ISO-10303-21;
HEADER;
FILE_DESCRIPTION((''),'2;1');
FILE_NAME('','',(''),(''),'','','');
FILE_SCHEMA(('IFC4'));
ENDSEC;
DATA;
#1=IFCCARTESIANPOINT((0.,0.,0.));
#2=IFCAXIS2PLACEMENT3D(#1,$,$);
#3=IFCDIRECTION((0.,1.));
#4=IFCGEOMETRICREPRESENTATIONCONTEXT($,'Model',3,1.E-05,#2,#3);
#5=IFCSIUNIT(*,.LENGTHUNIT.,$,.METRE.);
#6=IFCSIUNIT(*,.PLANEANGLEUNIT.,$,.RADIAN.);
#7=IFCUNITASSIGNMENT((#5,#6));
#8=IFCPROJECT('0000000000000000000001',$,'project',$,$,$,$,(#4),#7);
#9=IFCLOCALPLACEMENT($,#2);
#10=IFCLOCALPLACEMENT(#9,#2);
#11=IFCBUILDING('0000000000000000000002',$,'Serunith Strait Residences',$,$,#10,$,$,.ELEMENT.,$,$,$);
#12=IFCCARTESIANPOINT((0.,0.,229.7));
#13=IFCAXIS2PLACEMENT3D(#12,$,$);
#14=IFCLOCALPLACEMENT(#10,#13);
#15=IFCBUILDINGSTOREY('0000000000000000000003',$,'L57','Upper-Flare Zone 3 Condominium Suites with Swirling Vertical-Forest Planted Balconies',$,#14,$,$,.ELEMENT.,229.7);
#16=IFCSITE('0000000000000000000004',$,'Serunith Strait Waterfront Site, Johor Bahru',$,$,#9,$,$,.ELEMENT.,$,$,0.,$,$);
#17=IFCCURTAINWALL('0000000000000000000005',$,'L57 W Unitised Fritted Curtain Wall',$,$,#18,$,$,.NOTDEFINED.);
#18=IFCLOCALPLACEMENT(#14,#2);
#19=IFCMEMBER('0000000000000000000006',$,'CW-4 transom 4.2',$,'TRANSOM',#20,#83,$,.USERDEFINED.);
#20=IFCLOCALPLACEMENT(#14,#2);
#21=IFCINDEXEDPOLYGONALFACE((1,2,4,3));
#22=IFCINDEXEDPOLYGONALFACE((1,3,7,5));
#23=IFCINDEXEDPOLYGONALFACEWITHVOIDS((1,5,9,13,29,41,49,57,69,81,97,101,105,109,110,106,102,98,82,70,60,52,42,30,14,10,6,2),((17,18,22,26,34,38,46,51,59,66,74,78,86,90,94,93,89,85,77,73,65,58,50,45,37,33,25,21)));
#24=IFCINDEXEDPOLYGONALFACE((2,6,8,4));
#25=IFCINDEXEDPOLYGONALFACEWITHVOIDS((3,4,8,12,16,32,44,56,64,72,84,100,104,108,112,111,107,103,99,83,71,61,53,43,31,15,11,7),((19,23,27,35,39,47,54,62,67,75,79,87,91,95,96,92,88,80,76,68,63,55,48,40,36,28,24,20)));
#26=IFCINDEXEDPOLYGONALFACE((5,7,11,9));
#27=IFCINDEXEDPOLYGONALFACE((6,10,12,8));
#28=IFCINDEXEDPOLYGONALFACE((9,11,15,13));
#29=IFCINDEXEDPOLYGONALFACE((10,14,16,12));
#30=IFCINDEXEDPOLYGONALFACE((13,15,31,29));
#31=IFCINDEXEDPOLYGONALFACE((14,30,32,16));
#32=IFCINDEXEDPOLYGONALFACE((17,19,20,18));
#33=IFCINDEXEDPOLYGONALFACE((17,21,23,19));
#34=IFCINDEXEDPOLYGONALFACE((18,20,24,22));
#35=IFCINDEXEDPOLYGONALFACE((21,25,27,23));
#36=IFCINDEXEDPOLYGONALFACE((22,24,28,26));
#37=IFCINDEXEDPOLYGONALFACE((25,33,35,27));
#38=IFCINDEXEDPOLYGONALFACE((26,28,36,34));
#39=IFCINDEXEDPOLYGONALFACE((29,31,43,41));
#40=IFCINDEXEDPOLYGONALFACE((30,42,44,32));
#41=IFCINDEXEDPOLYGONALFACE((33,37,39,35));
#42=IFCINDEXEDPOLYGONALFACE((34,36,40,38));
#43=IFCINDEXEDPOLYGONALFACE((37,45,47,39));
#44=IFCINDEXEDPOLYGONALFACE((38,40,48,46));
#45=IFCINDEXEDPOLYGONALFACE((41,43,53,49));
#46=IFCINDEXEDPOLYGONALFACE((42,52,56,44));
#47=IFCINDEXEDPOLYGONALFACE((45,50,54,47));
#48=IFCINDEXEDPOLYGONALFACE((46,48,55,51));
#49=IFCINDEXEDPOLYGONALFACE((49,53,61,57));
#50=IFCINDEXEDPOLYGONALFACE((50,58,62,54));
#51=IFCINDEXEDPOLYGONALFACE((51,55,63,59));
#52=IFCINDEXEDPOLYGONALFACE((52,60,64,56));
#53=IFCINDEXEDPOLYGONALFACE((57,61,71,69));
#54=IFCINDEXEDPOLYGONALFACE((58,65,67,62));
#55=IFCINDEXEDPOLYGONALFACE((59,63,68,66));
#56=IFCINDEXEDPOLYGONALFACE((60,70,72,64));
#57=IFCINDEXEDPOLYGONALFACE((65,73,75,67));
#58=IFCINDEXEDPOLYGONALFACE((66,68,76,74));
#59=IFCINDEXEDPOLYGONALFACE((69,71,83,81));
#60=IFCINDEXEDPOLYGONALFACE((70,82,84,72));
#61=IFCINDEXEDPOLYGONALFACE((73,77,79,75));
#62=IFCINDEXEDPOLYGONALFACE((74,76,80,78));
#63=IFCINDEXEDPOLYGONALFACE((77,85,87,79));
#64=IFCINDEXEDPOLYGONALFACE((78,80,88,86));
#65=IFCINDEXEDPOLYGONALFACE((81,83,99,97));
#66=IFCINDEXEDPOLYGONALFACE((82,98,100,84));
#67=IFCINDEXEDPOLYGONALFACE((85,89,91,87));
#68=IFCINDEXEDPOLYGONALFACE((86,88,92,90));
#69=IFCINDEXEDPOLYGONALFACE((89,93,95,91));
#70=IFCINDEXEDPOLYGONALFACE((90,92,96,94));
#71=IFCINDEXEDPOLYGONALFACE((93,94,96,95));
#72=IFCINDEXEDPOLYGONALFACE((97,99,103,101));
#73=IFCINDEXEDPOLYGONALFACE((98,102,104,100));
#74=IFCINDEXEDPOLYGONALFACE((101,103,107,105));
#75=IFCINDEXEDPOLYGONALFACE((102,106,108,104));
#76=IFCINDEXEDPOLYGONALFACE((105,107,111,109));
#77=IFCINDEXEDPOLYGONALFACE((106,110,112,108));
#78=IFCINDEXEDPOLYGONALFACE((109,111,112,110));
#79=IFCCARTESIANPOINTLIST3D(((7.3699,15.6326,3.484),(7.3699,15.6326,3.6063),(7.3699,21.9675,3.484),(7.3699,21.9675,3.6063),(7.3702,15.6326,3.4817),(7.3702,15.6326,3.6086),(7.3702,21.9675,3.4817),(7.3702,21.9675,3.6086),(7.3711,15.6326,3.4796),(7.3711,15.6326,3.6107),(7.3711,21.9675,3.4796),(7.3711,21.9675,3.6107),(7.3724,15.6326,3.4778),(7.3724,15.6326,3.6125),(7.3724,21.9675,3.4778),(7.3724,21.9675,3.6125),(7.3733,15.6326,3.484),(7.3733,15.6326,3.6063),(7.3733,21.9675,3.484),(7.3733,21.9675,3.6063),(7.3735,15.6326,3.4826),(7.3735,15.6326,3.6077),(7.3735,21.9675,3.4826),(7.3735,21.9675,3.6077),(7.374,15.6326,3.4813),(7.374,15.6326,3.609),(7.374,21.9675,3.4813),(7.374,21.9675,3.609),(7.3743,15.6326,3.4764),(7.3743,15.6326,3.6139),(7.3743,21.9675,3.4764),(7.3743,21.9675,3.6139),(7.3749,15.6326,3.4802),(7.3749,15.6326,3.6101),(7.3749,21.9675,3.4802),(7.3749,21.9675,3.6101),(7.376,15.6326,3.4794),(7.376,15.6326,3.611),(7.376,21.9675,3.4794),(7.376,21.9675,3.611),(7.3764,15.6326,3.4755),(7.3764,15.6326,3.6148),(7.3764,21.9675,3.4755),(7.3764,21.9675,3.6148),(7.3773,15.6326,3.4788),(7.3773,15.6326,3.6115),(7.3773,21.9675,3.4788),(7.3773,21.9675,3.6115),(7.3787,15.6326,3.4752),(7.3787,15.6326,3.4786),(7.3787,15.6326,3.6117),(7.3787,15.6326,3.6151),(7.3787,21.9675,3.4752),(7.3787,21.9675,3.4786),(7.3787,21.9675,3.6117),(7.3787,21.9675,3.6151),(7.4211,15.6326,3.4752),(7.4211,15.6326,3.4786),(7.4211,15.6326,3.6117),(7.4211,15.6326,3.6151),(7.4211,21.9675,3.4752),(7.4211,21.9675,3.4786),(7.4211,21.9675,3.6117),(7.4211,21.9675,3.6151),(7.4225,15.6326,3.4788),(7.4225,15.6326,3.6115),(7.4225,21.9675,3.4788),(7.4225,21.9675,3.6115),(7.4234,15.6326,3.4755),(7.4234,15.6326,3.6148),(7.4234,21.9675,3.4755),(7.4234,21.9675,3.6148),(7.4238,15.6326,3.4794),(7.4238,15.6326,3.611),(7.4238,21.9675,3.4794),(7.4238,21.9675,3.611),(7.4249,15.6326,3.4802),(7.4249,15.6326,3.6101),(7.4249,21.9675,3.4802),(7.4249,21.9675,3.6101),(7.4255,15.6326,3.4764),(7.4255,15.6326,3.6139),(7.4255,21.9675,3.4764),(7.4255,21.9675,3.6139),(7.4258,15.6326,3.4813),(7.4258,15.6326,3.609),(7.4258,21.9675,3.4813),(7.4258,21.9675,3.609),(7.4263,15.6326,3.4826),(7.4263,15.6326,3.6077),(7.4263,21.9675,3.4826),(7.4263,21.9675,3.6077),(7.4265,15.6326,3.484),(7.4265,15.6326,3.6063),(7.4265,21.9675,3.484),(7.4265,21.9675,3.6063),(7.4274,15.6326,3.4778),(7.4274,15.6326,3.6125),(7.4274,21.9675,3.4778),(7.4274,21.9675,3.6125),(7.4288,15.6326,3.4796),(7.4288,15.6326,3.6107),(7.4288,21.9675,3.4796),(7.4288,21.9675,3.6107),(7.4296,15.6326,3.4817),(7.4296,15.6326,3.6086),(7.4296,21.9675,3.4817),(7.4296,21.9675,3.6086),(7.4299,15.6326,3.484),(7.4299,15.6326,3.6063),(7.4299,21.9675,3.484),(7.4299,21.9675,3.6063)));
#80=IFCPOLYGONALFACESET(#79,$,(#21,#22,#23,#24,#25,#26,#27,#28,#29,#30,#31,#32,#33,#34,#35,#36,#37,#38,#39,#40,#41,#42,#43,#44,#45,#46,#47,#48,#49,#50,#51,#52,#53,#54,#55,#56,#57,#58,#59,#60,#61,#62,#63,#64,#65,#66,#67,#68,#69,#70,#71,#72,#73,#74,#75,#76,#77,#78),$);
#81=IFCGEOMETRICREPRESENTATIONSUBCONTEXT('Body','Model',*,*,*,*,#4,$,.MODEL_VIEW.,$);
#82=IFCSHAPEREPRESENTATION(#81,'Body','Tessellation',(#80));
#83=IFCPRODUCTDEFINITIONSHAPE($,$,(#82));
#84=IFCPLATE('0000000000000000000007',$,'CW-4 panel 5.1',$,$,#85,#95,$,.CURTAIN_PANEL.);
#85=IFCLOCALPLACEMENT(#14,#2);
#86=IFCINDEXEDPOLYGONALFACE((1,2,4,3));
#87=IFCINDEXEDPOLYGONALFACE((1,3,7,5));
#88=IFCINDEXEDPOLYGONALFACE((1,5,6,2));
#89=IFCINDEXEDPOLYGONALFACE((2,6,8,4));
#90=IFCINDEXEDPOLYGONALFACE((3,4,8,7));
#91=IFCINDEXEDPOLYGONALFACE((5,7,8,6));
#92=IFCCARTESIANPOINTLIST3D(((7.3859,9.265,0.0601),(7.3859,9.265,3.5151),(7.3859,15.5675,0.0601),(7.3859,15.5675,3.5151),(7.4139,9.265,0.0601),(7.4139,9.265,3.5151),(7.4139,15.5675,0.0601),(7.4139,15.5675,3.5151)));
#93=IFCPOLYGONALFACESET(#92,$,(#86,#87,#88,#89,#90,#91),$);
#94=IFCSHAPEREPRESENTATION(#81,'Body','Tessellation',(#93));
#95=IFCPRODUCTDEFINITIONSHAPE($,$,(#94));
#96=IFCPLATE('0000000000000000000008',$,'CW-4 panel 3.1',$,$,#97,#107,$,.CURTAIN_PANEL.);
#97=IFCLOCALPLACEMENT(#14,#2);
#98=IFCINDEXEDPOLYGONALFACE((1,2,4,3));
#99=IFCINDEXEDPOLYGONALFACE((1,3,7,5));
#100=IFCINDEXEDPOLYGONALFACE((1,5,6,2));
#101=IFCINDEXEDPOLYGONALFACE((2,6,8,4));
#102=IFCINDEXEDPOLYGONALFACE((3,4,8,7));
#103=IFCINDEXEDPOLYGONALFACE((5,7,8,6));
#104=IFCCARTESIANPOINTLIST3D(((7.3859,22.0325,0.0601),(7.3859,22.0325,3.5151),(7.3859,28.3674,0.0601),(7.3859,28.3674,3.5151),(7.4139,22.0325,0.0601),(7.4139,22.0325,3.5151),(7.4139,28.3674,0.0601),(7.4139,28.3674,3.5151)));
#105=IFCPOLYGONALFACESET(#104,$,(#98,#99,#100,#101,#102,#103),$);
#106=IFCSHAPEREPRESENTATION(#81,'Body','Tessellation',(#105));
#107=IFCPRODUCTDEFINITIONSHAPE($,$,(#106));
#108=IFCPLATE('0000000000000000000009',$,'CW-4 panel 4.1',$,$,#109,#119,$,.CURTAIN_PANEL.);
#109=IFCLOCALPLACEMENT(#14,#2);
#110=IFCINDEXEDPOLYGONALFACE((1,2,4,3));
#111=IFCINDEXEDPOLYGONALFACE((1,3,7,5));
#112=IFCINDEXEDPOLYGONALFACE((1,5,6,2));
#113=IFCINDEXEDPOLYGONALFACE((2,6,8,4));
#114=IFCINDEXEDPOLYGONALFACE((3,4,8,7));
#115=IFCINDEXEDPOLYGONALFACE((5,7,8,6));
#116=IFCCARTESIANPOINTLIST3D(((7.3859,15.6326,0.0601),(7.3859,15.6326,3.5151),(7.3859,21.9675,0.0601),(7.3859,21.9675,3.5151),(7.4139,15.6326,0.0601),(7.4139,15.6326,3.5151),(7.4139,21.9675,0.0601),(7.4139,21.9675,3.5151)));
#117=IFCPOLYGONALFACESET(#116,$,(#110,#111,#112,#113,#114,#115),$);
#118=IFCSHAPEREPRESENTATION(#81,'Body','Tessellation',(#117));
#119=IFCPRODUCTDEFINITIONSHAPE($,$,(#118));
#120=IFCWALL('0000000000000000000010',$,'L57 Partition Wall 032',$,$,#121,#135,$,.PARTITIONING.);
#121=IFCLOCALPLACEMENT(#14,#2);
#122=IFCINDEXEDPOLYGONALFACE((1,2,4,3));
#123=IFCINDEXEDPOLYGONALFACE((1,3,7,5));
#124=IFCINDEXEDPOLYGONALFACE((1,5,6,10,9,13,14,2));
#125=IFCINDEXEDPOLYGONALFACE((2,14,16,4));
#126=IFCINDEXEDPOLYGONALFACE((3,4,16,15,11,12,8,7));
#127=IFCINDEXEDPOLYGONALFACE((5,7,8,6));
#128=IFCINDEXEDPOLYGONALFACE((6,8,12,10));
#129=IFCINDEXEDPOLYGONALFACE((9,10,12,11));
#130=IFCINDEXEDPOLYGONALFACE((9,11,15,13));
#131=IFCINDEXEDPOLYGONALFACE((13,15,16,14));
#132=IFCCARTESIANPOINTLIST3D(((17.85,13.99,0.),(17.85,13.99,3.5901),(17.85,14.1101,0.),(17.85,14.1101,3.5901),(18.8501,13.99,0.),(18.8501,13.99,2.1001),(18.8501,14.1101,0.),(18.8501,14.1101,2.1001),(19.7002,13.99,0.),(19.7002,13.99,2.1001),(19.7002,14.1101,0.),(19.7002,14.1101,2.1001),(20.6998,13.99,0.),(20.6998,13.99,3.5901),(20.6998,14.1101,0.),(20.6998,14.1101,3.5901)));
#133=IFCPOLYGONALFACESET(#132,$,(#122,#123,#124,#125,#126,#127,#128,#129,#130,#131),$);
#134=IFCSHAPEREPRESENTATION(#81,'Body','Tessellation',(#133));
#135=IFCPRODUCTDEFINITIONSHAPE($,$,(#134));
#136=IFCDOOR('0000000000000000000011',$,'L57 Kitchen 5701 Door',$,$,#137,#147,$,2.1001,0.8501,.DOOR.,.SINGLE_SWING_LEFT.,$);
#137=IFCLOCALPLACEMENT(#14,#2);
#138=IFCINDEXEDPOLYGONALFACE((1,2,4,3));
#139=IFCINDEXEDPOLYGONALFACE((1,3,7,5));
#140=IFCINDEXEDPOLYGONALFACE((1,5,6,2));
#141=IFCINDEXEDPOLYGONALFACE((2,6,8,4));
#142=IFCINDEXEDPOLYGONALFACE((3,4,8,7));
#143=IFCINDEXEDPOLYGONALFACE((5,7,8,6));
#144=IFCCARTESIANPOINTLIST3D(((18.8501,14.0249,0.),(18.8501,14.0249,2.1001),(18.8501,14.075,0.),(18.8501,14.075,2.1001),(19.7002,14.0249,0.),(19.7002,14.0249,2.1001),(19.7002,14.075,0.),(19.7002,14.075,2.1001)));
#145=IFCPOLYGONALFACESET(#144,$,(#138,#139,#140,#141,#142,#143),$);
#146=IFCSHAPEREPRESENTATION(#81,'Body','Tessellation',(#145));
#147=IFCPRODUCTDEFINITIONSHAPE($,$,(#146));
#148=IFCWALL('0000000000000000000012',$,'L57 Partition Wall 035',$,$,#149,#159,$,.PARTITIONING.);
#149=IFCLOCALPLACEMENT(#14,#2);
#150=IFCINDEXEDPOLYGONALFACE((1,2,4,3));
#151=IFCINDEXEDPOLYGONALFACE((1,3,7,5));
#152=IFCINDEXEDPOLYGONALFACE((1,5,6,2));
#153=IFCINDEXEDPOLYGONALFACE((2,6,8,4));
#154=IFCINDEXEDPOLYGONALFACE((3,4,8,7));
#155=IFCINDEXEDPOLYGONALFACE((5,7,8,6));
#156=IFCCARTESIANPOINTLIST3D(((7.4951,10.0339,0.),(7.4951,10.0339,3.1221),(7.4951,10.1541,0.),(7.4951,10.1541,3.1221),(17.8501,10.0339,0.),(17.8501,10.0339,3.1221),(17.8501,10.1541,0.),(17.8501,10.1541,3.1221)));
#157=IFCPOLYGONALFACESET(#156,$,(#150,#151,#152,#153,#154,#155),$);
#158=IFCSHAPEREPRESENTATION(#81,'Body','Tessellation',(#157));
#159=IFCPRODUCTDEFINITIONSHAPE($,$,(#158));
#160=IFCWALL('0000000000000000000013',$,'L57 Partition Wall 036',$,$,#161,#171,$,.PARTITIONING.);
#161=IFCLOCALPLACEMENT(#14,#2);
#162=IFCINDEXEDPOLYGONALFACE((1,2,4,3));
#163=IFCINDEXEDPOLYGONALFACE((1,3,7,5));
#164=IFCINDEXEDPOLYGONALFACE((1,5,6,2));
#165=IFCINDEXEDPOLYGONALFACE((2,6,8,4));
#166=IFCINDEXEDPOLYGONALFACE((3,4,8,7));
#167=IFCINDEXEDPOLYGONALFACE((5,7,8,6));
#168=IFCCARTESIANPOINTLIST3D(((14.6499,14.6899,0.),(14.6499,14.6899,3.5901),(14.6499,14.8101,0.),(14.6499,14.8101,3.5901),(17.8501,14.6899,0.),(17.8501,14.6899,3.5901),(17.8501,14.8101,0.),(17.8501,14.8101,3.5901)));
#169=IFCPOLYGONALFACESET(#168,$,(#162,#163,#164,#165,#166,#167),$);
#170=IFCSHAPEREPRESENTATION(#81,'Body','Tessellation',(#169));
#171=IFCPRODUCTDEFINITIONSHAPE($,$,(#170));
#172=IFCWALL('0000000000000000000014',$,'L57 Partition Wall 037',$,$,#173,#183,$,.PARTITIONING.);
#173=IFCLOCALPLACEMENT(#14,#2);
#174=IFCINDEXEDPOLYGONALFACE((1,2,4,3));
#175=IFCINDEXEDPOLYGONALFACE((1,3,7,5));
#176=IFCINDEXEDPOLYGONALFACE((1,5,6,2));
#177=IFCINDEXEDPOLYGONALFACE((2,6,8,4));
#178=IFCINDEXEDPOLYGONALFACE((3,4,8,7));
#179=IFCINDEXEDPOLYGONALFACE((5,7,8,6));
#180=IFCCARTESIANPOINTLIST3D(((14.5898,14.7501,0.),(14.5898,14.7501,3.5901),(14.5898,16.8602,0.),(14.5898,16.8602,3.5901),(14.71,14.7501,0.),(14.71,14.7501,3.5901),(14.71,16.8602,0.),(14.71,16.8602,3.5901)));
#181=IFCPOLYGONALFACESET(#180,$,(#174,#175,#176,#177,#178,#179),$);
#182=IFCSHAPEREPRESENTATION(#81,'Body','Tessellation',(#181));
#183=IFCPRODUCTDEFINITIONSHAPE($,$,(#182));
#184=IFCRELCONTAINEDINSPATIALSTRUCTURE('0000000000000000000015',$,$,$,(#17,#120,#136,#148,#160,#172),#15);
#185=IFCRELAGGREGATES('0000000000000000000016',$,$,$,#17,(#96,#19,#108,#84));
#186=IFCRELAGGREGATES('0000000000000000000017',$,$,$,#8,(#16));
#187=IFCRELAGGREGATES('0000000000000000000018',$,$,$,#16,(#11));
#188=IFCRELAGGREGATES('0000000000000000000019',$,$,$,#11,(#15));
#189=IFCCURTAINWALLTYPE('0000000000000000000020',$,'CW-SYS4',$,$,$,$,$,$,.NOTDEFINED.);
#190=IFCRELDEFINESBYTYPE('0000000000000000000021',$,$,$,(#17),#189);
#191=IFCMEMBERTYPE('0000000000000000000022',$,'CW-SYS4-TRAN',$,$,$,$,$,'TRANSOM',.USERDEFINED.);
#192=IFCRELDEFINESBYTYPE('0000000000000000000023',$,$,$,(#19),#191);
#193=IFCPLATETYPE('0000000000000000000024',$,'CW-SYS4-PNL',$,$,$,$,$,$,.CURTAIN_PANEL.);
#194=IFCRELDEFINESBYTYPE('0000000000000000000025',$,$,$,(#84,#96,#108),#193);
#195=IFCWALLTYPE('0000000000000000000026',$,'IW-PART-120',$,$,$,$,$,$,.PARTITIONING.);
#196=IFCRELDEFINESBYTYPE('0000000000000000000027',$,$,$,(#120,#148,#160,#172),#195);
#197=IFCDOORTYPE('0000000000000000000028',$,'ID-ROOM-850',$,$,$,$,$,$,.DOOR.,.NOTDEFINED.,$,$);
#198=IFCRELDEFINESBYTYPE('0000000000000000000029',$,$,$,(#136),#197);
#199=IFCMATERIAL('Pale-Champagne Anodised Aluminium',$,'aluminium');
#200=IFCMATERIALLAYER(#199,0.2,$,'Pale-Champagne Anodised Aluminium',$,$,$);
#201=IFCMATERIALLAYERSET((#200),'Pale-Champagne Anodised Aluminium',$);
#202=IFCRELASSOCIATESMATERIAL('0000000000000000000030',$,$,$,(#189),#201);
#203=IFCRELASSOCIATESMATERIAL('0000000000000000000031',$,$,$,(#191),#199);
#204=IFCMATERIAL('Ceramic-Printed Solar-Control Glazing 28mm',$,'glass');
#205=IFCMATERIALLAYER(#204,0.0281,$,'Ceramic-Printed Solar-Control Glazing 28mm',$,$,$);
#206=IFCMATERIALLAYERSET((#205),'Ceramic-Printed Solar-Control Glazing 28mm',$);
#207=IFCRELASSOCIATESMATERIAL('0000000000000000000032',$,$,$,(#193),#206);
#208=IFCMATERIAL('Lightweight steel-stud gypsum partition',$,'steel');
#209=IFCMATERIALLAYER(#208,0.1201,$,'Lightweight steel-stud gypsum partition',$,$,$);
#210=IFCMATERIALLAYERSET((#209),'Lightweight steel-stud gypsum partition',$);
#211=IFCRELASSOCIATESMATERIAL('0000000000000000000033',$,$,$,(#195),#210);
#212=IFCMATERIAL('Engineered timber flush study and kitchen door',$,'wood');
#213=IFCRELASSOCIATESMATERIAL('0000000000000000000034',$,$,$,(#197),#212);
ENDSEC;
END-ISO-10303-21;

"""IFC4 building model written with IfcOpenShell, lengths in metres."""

from ifc_helpers import new_model, si_unit, direction, frame, frame_2d, origin, origin_2d, place, context, subcontext, project, spatial, rectangle, hollow_rectangle, extrude, source, transform, mapped, material, layer, layer_set, material_profile, profile_set, type_object, element, fill, aggregate, save


model = new_model("IFC4")

# Units and contexts
model_context = context("Model", 3, precision=1e-05, world=origin(), true_north=direction((0.0, 1.0)))
body_context = subcontext(model_context, "Body", "Model", "MODEL_VIEW")
ifc_project = project(units=[si_unit("LENGTHUNIT", "METRE"), si_unit("PLANEANGLEUNIT", "RADIAN")], contexts=[model_context])

# Site, building, storey
site_placement = place(None, origin())
site = spatial("IfcSite", under=ifc_project, at=site_placement, Name="Serunith Strait Waterfront Site, Johor Bahru", CompositionType="ELEMENT", RefElevation=0.0)
building_placement = place(site_placement, origin())
building = spatial("IfcBuilding", under=site, at=building_placement, Name="Serunith Strait Residences", CompositionType="ELEMENT")
storey_placement = place(building_placement, frame((0.0, 0.0, 229.7)))
storey = spatial("IfcBuildingStorey", under=building, at=storey_placement, Name="L57", Description="Upper-Flare Zone 3 Condominium Suites with Swirling Vertical-Forest Planted Balconies", CompositionType="ELEMENT", Elevation=229.7)

# Curtain wall, member, plates
ifc_material_1 = material(Name="Pale-Champagne Anodised Aluminium", Category="aluminium")
ifc_layer_1 = layer(ifc_material_1, 0.2, Name="Pale-Champagne Anodised Aluminium")
ifc_layer_set_1 = layer_set([ifc_layer_1], Name="Pale-Champagne Anodised Aluminium")
curtain_wall_type = type_object("IfcCurtainWallType", Name="CW-SYS4", PredefinedType="NOTDEFINED", material=ifc_layer_set_1)
curtain_wall_placement = place(storey_placement, origin())
curtain_wall = element("IfcCurtainWall", 1, at=curtain_wall_placement, inside=storey, type_object=curtain_wall_type, Name="L57 W Unitised Fritted Curtain Wall", PredefinedType="NOTDEFINED")
ifc_material_profile_1 = material_profile(ifc_material_1, hollow_rectangle(XDim=0.0601, YDim=0.1399, WallThickness=0.0034, InnerFilletRadius=0.0054, OuterFilletRadius=0.0088, at=origin_2d()), Name="ALU 140x60x3.5")
ifc_profile_set_1 = profile_set([ifc_material_profile_1], Name="Pale-Champagne Anodised Aluminium")
member_type_1 = type_object("IfcMemberType", Name="CW-SYS4-TRAN", ElementType="TRANSOM", PredefinedType="USERDEFINED", material=ifc_profile_set_1)
shared_shape_1 = source(origin(), body_context, "Body", "SweptSolid", [
    extrude(hollow_rectangle(XDim=0.0601, YDim=0.1399, WallThickness=0.0034, InnerFilletRadius=0.0054, OuterFilletRadius=0.0088, at=origin_2d()), origin(), (0.0, 0.0, 1.0), 6.335),
])
member_1_placement = place(storey_placement, frame((7.3999, 21.9675, 3.5452), z_axis=(0.0, -1.0, 0.0), x_axis=(1.0, 0.0, 0.0)))
member_1 = element("IfcMember", 2, at=member_1_placement, type_object=member_type_1, Name="CW-4 transom 4.2", ObjectType="TRANSOM", PredefinedType="USERDEFINED", context=body_context, shape_type="MappedRepresentation", body=[
    mapped(shared_shape_1, transform((0.0, 0.0, 0.0), scale=1.0)),
])
ifc_material_2 = material(Name="Ceramic-Printed Solar-Control Glazing 28mm", Category="glass")
ifc_layer_2 = layer(ifc_material_2, 0.0281, Name="Ceramic-Printed Solar-Control Glazing 28mm")
ifc_layer_set_2 = layer_set([ifc_layer_2], Name="Ceramic-Printed Solar-Control Glazing 28mm")
plate_type = type_object("IfcPlateType", Name="CW-SYS4-PNL", PredefinedType="CURTAIN_PANEL", material=ifc_layer_set_2)
shared_shape_2 = source(origin(), body_context, "Body", "SweptSolid", [
    extrude(rectangle(XDim=6.3025, YDim=0.0281, at=origin_2d()), origin(), (0.0, 0.0, 1.0), 3.4551),
])
plate_1_placement = place(storey_placement, frame((7.3999, 12.4163, 0.0601), z_axis=(0.0, 0.0, 1.0), x_axis=(0.0, -1.0, 0.0)))
plate_1 = element("IfcPlate", 3, at=plate_1_placement, type_object=plate_type, Name="CW-4 panel 5.1", PredefinedType="CURTAIN_PANEL", context=body_context, shape_type="MappedRepresentation", body=[
    mapped(shared_shape_2, transform((0.0, 0.0, 0.0), scale=1.0)),
])
shared_shape_3 = source(origin(), body_context, "Body", "SweptSolid", [
    extrude(rectangle(XDim=6.335, YDim=0.0281, at=origin_2d()), origin(), (0.0, 0.0, 1.0), 3.4551),
])
plate_2_placement = place(storey_placement, frame((7.3999, 25.2, 0.0601), z_axis=(0.0, 0.0, 1.0), x_axis=(0.0, -1.0, 0.0)))
plate_2 = element("IfcPlate", 4, at=plate_2_placement, type_object=plate_type, Name="CW-4 panel 3.1", PredefinedType="CURTAIN_PANEL", context=body_context, shape_type="MappedRepresentation", body=[
    mapped(shared_shape_3, transform((0.0, 0.0, 0.0), scale=1.0)),
])
plate_3_placement = place(storey_placement, frame((7.3999, 18.8, 0.0601), z_axis=(0.0, 0.0, 1.0), x_axis=(0.0, -1.0, 0.0)))
plate_3 = element("IfcPlate", 5, at=plate_3_placement, type_object=plate_type, Name="CW-4 panel 4.1", PredefinedType="CURTAIN_PANEL", context=body_context, shape_type="MappedRepresentation", body=[
    mapped(shared_shape_3, transform((0.0, 0.0, 0.0), scale=1.0)),
])
aggregate(curtain_wall, [plate_2, member_1, plate_3, plate_1])

# Wall, opening, door
ifc_material_3 = material(Name="Lightweight steel-stud gypsum partition", Category="steel")
ifc_layer_3 = layer(ifc_material_3, 0.1201, Name="Lightweight steel-stud gypsum partition")
ifc_layer_set_3 = layer_set([ifc_layer_3], Name="Lightweight steel-stud gypsum partition")
wall_type_1 = type_object("IfcWallType", Name="IW-PART-120", PredefinedType="PARTITIONING", material=ifc_layer_set_3)
wall_1_placement = place(storey_placement, frame((17.8501, 14.05, 0.0), z_axis=(0.0, 0.0, 1.0), x_axis=(1.0, 0.0, 0.0)))
wall_1 = element("IfcWall", 6, at=wall_1_placement, inside=storey, type_object=wall_type_1, Name="L57 Partition Wall 032", PredefinedType="PARTITIONING", context=body_context, shape_type="SweptSolid", body=[
    extrude(rectangle(XDim=2.8499, YDim=0.1201, at=frame_2d((1.4248, 0.0))), origin(), (0.0, 0.0, 1.0), 3.5901),
])
opening_1_placement = place(wall_1_placement, frame((1.0, 0.0, 0.0)))
opening_1 = element("IfcOpeningElement", 7, at=opening_1_placement, cuts=wall_1, PredefinedType="OPENING", context=body_context, shape_type="SweptSolid", body=[
    extrude(rectangle(XDim=0.8501, YDim=2.1001, at=frame_2d((0.425, 1.05))), frame((0.0, 0.0701, 0.0), z_axis=(0.0, -1.0, 0.0), x_axis=(1.0, 0.0, 0.0)), (0.0, 0.0, 1.0), 0.1401),
])
ifc_material_4 = material(Name="Engineered timber flush study and kitchen door", Category="wood")
door_type_1 = type_object("IfcDoorType", Name="ID-ROOM-850", OperationType="NOTDEFINED", PredefinedType="DOOR", material=ifc_material_4)
shared_shape_4 = source(origin(), body_context, "Body", "SweptSolid", [
    extrude(rectangle(XDim=0.8501, YDim=2.1001, at=frame_2d((0.425, 1.05))), frame((0.0, 0.0249, 0.0), z_axis=(0.0, -1.0, 0.0), x_axis=(1.0, 0.0, 0.0)), (0.0, 0.0, 1.0), 0.05),
])
door_1_placement = place(opening_1_placement, origin())
door_1 = element("IfcDoor", 8, at=door_1_placement, inside=storey, type_object=door_type_1, Name="L57 Kitchen 5701 Door", OperationType="SINGLE_SWING_LEFT", OverallHeight=2.1001, OverallWidth=0.8501, PredefinedType="DOOR", context=body_context, shape_type="MappedRepresentation", body=[
    mapped(shared_shape_4, transform((0.0, 0.0, 0.0), scale=1.0)),
])
fill(opening_1, door_1)

# Walls
wall_2_placement = place(storey_placement, frame((7.4951, 10.094, 0.0), z_axis=(0.0, 0.0, 1.0), x_axis=(1.0, 0.0, 0.0)))
element("IfcWall", 9, at=wall_2_placement, inside=storey, type_object=wall_type_1, Name="L57 Partition Wall 035", PredefinedType="PARTITIONING", context=body_context, shape_type="SweptSolid", body=[
    extrude(rectangle(XDim=10.355, YDim=0.1201, at=frame_2d((5.1775, 0.0))), origin(), (0.0, 0.0, 1.0), 3.1221),
])
wall_3_placement = place(storey_placement, frame((14.6499, 14.75, 0.0), z_axis=(0.0, 0.0, 1.0), x_axis=(1.0, 0.0, 0.0)))
element("IfcWall", 10, at=wall_3_placement, inside=storey, type_object=wall_type_1, Name="L57 Partition Wall 036", PredefinedType="PARTITIONING", context=body_context, shape_type="SweptSolid", body=[
    extrude(rectangle(XDim=3.2002, YDim=0.1201, at=frame_2d((1.6001, 0.0))), origin(), (0.0, 0.0, 1.0), 3.5901),
])
wall_4_placement = place(storey_placement, frame((14.6499, 14.75, 0.0), z_axis=(0.0, 0.0, 1.0), x_axis=(0.0, 1.0, 0.0)))
element("IfcWall", 11, at=wall_4_placement, inside=storey, type_object=wall_type_1, Name="L57 Partition Wall 037", PredefinedType="PARTITIONING", context=body_context, shape_type="SweptSolid", body=[
    extrude(rectangle(XDim=2.1101, YDim=0.1201, at=frame_2d((1.0552, 0.0))), origin(), (0.0, 0.0, 1.0), 3.5901),
])

save(model, "model.ifc")
